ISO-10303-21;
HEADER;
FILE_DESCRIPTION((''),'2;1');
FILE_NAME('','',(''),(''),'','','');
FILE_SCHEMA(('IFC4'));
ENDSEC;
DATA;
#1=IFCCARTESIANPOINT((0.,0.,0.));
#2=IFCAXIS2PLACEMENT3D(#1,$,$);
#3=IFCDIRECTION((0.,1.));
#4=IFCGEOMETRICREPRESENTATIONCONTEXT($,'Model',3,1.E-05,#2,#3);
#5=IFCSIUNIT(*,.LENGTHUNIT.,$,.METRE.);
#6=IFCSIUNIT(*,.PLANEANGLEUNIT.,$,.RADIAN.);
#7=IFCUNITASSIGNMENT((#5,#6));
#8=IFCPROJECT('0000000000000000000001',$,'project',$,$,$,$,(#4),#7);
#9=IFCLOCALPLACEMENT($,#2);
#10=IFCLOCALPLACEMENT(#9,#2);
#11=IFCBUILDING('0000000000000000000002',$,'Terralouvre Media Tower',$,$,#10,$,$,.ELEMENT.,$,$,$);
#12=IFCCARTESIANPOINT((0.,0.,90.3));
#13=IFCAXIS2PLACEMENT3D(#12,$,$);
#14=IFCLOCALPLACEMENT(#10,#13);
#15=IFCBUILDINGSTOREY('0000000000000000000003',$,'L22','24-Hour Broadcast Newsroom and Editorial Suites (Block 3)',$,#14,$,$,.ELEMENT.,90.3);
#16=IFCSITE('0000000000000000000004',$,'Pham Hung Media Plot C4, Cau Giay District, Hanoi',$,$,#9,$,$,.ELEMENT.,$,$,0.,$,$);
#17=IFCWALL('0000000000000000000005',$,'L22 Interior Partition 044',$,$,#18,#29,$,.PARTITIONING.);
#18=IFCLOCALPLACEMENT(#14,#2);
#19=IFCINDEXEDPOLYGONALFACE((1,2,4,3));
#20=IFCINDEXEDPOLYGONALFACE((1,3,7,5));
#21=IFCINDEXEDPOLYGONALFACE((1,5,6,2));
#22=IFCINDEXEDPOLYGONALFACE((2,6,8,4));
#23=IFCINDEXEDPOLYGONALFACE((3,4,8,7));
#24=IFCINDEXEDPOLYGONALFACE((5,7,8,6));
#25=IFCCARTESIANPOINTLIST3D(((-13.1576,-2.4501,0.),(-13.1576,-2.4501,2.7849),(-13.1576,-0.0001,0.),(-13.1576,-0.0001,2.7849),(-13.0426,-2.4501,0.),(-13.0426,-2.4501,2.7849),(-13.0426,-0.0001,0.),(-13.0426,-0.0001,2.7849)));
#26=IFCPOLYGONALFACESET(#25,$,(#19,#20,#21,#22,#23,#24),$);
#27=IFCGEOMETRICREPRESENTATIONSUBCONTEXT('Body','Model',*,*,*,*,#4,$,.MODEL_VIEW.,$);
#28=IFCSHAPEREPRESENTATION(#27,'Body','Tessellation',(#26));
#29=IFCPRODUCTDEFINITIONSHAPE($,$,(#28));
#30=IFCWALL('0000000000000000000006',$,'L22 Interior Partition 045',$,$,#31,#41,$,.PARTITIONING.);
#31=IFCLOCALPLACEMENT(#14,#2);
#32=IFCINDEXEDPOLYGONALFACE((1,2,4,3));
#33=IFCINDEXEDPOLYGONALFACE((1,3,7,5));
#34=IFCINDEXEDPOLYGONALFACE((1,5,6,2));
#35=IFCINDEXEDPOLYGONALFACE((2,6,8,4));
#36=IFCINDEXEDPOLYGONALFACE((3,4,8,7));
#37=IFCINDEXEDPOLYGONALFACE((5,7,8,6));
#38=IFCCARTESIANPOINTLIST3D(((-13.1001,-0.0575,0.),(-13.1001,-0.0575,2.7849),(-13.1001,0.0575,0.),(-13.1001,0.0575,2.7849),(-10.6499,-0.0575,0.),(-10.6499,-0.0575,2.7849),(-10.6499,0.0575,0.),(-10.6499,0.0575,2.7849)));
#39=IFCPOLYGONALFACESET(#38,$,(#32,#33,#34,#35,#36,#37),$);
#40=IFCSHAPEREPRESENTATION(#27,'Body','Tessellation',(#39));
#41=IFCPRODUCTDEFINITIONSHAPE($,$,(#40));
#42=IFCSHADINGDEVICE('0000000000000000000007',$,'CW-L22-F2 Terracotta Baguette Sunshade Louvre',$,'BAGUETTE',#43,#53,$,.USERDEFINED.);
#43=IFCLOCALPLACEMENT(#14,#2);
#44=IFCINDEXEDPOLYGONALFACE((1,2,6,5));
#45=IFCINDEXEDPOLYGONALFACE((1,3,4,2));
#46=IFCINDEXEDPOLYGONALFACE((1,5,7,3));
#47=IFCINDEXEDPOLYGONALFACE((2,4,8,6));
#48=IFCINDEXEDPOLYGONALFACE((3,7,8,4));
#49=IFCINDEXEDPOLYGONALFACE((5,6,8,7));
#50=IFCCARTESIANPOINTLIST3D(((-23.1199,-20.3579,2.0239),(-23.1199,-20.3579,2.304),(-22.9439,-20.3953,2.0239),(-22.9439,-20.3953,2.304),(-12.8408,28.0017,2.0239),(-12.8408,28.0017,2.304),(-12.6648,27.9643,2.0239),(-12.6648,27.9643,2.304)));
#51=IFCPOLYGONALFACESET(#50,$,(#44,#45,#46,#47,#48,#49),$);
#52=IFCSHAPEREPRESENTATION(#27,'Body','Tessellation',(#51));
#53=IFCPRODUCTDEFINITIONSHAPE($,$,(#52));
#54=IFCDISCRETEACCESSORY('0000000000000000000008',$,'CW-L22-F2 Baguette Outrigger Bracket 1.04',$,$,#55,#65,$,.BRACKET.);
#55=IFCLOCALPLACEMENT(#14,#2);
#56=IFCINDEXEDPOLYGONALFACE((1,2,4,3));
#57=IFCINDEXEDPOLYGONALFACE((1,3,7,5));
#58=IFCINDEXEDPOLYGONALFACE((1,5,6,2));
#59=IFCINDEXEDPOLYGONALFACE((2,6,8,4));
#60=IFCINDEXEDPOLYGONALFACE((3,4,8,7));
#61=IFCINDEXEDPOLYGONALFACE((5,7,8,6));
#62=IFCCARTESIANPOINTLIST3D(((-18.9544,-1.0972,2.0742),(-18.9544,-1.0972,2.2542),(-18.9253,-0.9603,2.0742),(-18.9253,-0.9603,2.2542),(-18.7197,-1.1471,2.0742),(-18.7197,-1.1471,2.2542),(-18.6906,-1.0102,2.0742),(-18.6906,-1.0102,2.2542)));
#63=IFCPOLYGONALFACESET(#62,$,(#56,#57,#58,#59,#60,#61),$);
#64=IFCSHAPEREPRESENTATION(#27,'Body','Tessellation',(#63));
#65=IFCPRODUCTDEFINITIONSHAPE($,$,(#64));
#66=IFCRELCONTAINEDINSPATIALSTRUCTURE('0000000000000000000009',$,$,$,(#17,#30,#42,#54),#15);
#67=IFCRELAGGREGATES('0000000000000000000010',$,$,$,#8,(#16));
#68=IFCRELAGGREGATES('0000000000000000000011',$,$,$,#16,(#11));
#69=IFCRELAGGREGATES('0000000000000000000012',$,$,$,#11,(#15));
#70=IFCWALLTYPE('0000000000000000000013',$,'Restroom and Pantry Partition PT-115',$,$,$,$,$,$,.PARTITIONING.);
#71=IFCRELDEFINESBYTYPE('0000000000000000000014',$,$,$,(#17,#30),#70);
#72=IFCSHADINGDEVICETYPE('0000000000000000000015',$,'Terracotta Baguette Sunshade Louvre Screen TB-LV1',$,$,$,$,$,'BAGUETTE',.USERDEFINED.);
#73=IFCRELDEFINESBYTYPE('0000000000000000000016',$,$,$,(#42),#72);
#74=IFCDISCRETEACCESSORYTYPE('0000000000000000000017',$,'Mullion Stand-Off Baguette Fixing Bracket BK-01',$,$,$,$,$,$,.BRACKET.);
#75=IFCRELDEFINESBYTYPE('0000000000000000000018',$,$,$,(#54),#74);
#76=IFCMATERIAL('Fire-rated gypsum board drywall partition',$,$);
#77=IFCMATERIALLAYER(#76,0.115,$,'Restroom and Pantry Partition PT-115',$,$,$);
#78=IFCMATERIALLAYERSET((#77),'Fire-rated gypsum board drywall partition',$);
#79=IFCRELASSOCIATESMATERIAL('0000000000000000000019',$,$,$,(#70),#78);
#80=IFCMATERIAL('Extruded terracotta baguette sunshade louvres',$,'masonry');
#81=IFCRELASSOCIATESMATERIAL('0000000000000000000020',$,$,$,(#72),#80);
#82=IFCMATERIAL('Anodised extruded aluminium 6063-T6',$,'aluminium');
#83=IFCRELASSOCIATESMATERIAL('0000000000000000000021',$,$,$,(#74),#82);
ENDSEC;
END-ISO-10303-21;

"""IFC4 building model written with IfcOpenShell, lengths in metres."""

from ifc_helpers import new_model, si_unit, direction, frame, frame_2d, origin, origin_2d, place, context, subcontext, project, spatial, rectangle, extrude, material, layer, layer_set, type_object, element, save


model = new_model("IFC4")

# Units and contexts
model_context = context("Model", 3, precision=1e-05, world=origin(), true_north=direction((0.0, 1.0)))
body_context = subcontext(model_context, "Body", "Model", "MODEL_VIEW")
ifc_project = project(units=[si_unit("LENGTHUNIT", "METRE"), si_unit("PLANEANGLEUNIT", "RADIAN")], contexts=[model_context])

# Site, building, storey
site_placement = place(None, origin())
site = spatial("IfcSite", under=ifc_project, at=site_placement, Name="Pham Hung Media Plot C4, Cau Giay District, Hanoi", CompositionType="ELEMENT", RefElevation=0.0)
building_placement = place(site_placement, origin())
building = spatial("IfcBuilding", under=site, at=building_placement, Name="Terralouvre Media Tower", CompositionType="ELEMENT")
storey_placement = place(building_placement, frame((0.0, 0.0, 90.3)))
storey = spatial("IfcBuildingStorey", under=building, at=storey_placement, Name="L22", Description="24-Hour Broadcast Newsroom and Editorial Suites (Block 3)", CompositionType="ELEMENT", Elevation=90.3)

# Shared definitions
ifc_material_1 = material(Name="Fire-rated gypsum board drywall partition")
ifc_layer_1 = layer(ifc_material_1, 0.115, Name="Restroom and Pantry Partition PT-115")
ifc_layer_set_1 = layer_set([ifc_layer_1], Name="Fire-rated gypsum board drywall partition")
wall_type_1 = type_object("IfcWallType", Name="Restroom and Pantry Partition PT-115", PredefinedType="PARTITIONING", material=ifc_layer_set_1)

# Walls
wall_1_placement = place(storey_placement, frame((-13.1001, 0.0, 0.0), z_axis=(0.0, 0.0, 1.0), x_axis=(0.0, -1.0, 0.0)))
element("IfcWall", 1, at=wall_1_placement, inside=storey, type_object=wall_type_1, Name="L22 Interior Partition 044", PredefinedType="PARTITIONING", context=body_context, shape_type="SweptSolid", body=[
    extrude(rectangle(XDim=2.45, YDim=0.115, at=frame_2d((1.2251, 0.0))), origin(), (0.0, 0.0, 1.0), 2.7849),
])
wall_2_placement = place(storey_placement, frame((-10.6499, 0.0, 0.0), z_axis=(0.0, 0.0, 1.0), x_axis=(-1.0, 0.0, 0.0)))
element("IfcWall", 2, at=wall_2_placement, inside=storey, type_object=wall_type_1, Name="L22 Interior Partition 045", PredefinedType="PARTITIONING", context=body_context, shape_type="SweptSolid", body=[
    extrude(rectangle(XDim=2.4502, YDim=0.115, at=frame_2d((1.2251, 0.0))), origin(), (0.0, 0.0, 1.0), 2.7849),
])

# Shading device
ifc_material_2 = material(Name="Extruded terracotta baguette sunshade louvres", Category="masonry")
shading_device_type = type_object("IfcShadingDeviceType", Name="Terracotta Baguette Sunshade Louvre Screen TB-LV1", ElementType="BAGUETTE", PredefinedType="USERDEFINED", material=ifc_material_2)
shading_device_placement = place(storey_placement, frame((-17.8923, 3.8032, 2.0239), z_axis=(0.0, 0.0, 1.0), x_axis=(-0.207912, -0.978148, 0.0)))
element("IfcShadingDevice", 3, at=shading_device_placement, inside=storey, type_object=shading_device_type, Name="CW-L22-F2 Terracotta Baguette Sunshade Louvre", ObjectType="BAGUETTE", PredefinedType="USERDEFINED", context=body_context, shape_type="SweptSolid", body=[
    extrude(rectangle(XDim=49.4399, YDim=0.1799, at=origin_2d()), origin(), (0.0, 0.0, 1.0), 0.28),
])

# Discrete accessory
ifc_material_3 = material(Name="Anodised extruded aluminium 6063-T6", Category="aluminium")
discrete_accessory_type = type_object("IfcDiscreteAccessoryType", Name="Mullion Stand-Off Baguette Fixing Bracket BK-01", PredefinedType="BRACKET", material=ifc_material_3)
discrete_accessory_placement = place(storey_placement, frame((-18.8225, -1.0537, 2.0742), z_axis=(0.0, 0.0, 1.0), x_axis=(-0.207912, -0.978148, 0.0)))
element("IfcDiscreteAccessory", 4, at=discrete_accessory_placement, inside=storey, type_object=discrete_accessory_type, Name="CW-L22-F2 Baguette Outrigger Bracket 1.04", PredefinedType="BRACKET", context=body_context, shape_type="SweptSolid", body=[
    extrude(rectangle(XDim=0.1399, YDim=0.24, at=origin_2d()), origin(), (0.0, 0.0, 1.0), 0.1799),
])

save(model, "model.ifc")
